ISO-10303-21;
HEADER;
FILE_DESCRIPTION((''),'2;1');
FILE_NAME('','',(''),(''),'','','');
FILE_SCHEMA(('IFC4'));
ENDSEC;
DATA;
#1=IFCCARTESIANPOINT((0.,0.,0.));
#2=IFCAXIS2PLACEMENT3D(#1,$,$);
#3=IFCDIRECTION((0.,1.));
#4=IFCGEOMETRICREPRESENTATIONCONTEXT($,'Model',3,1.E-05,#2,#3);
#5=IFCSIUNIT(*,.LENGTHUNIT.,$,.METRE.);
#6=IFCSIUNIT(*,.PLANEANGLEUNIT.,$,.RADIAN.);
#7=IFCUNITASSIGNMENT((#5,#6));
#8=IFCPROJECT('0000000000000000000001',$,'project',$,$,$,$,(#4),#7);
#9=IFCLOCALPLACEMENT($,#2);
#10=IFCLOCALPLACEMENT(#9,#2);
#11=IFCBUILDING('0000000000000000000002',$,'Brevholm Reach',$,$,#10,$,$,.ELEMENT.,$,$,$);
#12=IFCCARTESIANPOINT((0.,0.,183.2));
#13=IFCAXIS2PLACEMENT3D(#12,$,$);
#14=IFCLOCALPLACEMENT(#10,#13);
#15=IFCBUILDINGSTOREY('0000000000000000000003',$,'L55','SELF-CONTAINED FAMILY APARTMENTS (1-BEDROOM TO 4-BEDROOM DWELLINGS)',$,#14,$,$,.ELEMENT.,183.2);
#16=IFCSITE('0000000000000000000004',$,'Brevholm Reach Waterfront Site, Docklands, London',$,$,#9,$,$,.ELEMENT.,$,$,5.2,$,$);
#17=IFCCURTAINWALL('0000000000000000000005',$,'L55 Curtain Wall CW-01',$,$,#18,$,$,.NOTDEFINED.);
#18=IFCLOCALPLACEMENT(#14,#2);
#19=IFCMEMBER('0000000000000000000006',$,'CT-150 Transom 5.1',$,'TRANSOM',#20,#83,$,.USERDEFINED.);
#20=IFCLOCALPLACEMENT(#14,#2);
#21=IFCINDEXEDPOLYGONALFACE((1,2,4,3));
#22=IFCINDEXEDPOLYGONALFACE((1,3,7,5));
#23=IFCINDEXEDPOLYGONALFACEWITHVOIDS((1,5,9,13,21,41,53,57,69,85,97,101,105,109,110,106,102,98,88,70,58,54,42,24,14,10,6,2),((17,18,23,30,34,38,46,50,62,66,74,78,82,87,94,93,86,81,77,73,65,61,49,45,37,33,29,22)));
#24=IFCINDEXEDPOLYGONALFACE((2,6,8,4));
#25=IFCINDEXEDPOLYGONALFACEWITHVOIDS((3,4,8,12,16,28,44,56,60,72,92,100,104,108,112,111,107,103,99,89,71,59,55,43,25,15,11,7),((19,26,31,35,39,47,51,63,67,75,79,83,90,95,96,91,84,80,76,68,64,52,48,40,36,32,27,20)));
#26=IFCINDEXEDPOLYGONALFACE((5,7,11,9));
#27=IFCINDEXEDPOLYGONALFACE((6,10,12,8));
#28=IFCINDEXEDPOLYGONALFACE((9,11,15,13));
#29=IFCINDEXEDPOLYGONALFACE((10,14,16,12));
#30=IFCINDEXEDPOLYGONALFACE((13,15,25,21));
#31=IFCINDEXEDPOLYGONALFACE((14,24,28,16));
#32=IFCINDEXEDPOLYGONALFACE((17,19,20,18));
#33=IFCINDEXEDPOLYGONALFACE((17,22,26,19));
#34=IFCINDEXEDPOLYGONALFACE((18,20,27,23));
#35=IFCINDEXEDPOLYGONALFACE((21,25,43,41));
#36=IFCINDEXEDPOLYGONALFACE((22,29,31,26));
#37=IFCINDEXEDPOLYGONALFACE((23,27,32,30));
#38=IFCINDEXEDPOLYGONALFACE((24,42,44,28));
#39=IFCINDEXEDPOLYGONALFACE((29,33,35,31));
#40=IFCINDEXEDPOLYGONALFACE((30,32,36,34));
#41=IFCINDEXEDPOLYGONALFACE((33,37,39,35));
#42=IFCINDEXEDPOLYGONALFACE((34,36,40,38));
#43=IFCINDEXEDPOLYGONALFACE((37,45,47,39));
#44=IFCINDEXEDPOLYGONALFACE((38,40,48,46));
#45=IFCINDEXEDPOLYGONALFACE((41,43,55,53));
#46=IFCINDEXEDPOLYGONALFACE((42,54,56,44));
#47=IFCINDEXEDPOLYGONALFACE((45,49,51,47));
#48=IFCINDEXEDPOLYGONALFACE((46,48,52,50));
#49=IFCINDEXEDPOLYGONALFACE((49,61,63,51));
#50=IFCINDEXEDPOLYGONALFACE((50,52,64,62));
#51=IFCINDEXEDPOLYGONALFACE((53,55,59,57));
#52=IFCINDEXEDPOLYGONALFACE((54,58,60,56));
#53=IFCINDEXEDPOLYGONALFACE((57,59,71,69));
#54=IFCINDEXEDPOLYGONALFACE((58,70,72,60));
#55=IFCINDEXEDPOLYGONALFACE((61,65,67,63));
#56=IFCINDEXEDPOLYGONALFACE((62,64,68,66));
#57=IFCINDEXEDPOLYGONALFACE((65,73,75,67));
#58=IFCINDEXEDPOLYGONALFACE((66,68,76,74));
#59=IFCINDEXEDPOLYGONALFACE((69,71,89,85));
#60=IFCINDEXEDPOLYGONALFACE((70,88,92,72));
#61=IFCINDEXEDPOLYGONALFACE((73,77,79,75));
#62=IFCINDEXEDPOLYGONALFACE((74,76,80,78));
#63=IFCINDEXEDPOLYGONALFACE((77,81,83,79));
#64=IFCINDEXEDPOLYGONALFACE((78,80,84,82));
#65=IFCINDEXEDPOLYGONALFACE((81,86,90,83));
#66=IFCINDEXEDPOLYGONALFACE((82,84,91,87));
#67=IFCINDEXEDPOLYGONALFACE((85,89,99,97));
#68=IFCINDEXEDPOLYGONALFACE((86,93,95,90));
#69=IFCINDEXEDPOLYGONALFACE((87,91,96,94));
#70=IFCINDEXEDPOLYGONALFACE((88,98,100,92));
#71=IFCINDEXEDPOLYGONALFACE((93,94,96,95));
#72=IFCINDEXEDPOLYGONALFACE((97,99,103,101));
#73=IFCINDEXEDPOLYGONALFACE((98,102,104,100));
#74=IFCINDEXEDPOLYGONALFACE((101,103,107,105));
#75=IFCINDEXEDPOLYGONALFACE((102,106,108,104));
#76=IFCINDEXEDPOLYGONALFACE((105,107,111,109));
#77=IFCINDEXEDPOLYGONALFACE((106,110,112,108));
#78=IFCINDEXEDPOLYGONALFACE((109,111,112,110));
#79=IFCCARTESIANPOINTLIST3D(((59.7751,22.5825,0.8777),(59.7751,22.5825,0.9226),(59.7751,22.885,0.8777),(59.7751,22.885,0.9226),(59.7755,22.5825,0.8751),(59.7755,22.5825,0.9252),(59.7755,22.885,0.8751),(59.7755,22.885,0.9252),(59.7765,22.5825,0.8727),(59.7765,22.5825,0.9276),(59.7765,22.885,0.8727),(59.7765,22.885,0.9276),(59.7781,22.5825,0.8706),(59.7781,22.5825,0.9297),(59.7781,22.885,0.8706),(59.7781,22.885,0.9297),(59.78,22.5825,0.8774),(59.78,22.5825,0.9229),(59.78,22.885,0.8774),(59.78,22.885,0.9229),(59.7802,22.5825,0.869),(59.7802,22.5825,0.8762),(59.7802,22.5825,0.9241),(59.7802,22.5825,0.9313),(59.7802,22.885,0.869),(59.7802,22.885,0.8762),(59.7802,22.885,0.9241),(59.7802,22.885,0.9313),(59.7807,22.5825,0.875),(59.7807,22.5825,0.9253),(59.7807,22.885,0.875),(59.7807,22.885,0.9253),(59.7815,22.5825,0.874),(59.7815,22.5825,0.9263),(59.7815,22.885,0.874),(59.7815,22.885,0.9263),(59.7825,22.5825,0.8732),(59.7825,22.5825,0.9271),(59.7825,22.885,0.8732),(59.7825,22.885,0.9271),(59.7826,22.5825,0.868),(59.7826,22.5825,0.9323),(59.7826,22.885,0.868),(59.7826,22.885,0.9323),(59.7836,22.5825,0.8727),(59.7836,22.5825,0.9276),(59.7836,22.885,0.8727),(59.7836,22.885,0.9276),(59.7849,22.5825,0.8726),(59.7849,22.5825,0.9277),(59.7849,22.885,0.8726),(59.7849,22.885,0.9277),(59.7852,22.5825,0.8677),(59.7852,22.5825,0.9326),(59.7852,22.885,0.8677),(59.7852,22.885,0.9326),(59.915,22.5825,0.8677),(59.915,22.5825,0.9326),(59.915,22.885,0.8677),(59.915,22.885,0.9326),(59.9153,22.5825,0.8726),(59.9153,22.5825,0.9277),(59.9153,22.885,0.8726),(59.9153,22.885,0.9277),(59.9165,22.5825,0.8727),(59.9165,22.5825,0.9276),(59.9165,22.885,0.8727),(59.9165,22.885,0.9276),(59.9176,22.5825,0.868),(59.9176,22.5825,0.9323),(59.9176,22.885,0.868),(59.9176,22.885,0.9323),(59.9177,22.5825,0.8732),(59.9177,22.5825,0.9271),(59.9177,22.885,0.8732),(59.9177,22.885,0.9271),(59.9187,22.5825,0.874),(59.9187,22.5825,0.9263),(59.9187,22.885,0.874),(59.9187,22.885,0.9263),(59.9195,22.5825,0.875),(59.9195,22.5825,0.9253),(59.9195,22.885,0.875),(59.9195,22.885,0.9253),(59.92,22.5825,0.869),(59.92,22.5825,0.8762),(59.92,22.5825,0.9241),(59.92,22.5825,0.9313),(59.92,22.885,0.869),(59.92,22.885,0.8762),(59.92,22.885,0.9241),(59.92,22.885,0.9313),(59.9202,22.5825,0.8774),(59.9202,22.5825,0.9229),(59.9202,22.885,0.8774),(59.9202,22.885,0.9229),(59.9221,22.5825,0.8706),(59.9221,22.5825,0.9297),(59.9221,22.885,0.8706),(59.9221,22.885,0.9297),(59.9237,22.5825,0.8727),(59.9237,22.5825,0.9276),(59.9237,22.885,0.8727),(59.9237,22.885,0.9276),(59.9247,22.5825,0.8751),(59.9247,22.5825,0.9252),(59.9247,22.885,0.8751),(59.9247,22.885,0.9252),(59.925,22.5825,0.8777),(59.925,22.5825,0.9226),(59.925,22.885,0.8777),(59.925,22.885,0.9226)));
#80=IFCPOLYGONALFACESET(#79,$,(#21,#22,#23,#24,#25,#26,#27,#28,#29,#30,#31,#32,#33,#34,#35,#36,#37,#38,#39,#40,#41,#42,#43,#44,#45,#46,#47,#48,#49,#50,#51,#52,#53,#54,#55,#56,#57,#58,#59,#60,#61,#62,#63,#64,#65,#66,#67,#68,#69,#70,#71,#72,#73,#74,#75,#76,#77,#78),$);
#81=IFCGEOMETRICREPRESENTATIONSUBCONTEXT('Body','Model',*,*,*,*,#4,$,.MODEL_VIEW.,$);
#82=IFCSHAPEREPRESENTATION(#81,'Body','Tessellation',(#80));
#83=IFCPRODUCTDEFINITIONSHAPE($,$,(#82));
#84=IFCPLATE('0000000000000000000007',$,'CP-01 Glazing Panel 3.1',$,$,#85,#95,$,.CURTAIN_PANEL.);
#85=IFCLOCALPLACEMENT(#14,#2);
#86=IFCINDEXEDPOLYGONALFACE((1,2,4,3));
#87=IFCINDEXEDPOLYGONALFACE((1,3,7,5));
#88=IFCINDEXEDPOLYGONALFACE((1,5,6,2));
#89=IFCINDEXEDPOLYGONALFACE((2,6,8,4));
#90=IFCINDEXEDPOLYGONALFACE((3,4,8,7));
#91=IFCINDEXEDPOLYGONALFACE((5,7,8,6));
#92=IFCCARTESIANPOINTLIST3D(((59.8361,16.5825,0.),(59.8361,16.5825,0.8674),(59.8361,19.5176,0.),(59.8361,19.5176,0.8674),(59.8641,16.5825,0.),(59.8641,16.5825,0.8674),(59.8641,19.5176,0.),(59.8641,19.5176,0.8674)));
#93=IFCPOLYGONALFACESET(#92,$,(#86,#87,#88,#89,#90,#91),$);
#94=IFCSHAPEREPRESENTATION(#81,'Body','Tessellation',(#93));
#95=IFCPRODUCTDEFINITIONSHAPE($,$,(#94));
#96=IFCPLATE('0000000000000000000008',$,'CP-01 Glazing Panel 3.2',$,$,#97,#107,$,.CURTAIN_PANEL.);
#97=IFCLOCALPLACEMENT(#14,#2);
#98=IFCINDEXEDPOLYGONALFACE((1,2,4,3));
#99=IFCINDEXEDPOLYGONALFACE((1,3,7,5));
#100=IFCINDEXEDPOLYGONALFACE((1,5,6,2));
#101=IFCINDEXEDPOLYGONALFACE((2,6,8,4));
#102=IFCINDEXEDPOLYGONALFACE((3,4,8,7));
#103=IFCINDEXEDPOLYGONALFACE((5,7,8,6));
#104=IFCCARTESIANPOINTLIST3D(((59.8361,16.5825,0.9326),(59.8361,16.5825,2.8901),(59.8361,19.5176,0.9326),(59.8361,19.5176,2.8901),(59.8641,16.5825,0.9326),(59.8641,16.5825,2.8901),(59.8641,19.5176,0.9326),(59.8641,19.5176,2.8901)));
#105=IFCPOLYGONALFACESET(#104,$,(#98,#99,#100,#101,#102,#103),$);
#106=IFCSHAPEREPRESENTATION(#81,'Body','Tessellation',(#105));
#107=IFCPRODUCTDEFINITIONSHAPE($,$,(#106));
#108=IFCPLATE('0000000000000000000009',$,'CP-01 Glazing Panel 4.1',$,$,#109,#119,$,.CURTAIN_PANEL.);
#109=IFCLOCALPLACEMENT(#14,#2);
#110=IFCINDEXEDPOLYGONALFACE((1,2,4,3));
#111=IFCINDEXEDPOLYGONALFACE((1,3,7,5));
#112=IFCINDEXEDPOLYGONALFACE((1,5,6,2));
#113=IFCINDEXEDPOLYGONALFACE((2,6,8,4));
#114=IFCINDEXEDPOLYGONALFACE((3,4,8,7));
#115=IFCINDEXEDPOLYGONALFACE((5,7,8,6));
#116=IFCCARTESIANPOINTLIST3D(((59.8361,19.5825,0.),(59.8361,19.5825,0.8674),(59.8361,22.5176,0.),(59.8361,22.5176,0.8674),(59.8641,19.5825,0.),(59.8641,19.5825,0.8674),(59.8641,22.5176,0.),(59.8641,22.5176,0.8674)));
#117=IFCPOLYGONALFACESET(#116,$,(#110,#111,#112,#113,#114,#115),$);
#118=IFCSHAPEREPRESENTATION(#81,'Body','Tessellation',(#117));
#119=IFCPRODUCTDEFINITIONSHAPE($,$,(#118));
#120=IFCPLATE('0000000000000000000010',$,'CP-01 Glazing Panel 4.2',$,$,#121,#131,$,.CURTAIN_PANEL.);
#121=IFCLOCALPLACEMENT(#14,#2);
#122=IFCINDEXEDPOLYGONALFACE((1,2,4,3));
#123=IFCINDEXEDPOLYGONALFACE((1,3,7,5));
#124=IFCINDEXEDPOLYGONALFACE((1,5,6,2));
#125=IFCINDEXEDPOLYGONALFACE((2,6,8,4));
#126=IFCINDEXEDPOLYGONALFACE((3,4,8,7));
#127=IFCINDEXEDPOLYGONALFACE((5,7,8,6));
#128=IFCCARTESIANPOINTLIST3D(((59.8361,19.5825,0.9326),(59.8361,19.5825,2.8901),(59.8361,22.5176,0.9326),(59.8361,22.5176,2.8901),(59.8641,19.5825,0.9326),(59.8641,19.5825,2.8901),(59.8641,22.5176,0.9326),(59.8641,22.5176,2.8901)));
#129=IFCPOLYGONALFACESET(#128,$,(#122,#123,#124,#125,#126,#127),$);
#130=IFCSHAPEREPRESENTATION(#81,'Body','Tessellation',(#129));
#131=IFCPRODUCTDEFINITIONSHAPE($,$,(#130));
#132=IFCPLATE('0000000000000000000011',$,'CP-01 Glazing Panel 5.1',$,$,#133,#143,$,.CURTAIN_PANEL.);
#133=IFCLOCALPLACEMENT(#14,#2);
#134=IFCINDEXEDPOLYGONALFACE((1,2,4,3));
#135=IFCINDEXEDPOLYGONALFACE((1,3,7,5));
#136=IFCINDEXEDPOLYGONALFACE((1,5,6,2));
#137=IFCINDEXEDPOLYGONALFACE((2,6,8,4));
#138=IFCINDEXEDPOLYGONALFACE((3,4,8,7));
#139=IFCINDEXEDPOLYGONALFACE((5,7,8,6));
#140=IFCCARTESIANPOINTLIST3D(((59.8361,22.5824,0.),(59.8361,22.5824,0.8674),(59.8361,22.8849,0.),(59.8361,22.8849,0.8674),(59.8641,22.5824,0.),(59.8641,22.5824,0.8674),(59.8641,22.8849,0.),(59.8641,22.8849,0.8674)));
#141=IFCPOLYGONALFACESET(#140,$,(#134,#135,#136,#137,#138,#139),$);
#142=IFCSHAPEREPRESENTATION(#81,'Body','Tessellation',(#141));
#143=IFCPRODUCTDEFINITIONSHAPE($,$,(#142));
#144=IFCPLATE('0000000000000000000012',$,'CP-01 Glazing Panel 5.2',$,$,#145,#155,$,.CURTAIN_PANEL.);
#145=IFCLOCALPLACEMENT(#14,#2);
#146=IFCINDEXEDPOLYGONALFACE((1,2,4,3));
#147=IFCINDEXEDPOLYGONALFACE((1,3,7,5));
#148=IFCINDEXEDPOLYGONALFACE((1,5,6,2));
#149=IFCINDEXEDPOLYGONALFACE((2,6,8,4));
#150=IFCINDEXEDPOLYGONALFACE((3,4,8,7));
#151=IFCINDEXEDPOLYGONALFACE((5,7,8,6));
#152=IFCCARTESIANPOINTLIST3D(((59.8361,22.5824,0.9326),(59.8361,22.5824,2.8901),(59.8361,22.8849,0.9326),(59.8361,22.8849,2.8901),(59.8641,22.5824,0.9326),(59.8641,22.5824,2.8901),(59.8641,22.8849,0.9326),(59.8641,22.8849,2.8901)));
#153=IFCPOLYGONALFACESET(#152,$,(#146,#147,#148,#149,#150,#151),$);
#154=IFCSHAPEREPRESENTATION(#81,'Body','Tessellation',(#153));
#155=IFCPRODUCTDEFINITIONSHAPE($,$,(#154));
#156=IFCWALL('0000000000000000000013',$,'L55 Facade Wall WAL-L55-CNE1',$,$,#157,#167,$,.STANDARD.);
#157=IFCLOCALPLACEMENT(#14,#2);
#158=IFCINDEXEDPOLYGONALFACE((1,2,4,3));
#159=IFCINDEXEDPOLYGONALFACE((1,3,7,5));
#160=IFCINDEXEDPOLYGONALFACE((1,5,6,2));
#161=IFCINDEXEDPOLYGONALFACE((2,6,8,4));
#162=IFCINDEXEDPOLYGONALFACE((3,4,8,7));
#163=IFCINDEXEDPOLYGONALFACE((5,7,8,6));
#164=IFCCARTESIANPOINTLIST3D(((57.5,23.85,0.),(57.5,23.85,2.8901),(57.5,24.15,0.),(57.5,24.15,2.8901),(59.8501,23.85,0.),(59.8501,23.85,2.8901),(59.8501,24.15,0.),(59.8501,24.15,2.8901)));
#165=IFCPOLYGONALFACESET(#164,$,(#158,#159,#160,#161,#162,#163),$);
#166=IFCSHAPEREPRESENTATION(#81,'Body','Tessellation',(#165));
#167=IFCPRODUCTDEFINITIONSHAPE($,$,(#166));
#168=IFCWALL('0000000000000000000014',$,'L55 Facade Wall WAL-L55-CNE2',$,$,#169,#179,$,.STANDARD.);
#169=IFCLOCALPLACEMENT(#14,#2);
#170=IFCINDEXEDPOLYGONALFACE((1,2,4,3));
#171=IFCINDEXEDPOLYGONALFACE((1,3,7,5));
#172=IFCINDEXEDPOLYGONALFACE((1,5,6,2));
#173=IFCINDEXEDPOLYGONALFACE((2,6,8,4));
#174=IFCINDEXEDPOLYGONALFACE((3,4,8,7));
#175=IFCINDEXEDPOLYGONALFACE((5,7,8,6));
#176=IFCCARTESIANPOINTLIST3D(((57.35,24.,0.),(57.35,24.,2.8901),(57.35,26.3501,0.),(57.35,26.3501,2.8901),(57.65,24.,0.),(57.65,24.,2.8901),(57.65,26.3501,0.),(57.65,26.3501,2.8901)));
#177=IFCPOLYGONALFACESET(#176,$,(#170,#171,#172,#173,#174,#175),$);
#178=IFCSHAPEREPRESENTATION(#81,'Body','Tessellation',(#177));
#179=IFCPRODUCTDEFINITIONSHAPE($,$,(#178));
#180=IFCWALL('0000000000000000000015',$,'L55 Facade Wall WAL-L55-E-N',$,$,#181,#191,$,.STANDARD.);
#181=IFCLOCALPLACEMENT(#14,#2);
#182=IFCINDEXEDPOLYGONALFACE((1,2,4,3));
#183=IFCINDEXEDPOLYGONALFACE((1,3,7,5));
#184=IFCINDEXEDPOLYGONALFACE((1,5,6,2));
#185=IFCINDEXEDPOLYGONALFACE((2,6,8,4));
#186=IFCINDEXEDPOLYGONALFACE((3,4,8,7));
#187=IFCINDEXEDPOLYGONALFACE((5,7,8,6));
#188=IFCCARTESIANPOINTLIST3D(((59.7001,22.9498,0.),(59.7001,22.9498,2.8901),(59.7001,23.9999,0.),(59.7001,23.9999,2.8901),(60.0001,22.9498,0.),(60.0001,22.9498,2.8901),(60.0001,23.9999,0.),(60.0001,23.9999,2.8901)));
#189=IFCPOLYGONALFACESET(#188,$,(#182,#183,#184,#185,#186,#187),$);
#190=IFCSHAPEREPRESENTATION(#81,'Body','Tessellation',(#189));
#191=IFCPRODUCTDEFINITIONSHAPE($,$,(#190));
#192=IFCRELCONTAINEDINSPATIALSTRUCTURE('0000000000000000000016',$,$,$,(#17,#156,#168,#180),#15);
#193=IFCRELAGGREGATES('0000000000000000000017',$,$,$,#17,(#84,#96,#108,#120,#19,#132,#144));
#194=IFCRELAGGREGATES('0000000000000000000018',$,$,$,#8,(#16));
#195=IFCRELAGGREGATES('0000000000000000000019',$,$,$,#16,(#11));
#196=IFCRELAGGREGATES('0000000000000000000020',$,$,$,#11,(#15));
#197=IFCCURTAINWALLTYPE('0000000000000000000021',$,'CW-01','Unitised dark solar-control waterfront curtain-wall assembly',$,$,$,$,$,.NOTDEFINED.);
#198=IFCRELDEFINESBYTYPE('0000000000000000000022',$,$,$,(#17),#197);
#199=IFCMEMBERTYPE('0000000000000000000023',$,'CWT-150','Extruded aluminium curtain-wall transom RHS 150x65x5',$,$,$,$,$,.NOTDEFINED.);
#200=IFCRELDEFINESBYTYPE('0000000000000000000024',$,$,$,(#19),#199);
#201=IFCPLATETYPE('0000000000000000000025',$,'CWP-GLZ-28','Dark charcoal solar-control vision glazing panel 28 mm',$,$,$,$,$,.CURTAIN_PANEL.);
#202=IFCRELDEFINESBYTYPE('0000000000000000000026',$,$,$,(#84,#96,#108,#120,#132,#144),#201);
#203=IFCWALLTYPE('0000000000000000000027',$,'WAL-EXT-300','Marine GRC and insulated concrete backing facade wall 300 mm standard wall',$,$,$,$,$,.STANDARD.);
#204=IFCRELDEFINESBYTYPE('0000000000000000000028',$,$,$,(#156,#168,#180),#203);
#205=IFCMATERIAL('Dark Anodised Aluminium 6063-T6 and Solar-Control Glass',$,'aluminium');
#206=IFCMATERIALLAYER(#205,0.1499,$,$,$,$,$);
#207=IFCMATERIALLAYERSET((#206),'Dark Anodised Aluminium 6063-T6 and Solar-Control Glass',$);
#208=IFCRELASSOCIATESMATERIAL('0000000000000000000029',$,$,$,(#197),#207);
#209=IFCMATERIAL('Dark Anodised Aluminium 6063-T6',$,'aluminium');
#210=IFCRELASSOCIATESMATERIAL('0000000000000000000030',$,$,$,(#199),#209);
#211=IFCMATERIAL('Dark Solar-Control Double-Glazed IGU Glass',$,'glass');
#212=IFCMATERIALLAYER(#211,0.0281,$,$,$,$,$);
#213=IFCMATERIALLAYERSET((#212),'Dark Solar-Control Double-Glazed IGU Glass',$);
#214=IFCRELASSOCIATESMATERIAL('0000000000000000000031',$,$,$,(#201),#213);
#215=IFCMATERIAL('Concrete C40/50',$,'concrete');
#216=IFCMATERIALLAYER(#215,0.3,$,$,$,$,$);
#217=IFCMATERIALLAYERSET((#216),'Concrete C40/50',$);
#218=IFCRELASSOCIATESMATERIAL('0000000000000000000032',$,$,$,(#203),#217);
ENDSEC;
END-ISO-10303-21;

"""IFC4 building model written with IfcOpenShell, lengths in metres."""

from ifc_helpers import new_model, si_unit, direction, frame, frame_2d, origin, origin_2d, place, context, subcontext, project, spatial, rectangle, hollow_rectangle, extrude, material, layer, layer_set, material_profile, profile_set, type_object, element, aggregate, save


model = new_model("IFC4")

# Units and contexts
model_context = context("Model", 3, precision=1e-05, world=origin(), true_north=direction((0.0, 1.0)))
body_context = subcontext(model_context, "Body", "Model", "MODEL_VIEW")
ifc_project = project(units=[si_unit("LENGTHUNIT", "METRE"), si_unit("PLANEANGLEUNIT", "RADIAN")], contexts=[model_context])

# Site, building, storey
site_placement = place(None, origin())
site = spatial("IfcSite", under=ifc_project, at=site_placement, Name="Brevholm Reach Waterfront Site, Docklands, London", CompositionType="ELEMENT", RefElevation=5.2)
building_placement = place(site_placement, origin())
building = spatial("IfcBuilding", under=site, at=building_placement, Name="Brevholm Reach", CompositionType="ELEMENT")
storey_placement = place(building_placement, frame((0.0, 0.0, 183.2)))
storey = spatial("IfcBuildingStorey", under=building, at=storey_placement, Name="L55", Description="SELF-CONTAINED FAMILY APARTMENTS (1-BEDROOM TO 4-BEDROOM DWELLINGS)", CompositionType="ELEMENT", Elevation=183.2)

# Curtain wall, member, plates
ifc_material_1 = material(Name="Dark Anodised Aluminium 6063-T6 and Solar-Control Glass", Category="aluminium")
ifc_layer_1 = layer(ifc_material_1, 0.1499)
ifc_layer_set_1 = layer_set([ifc_layer_1], Name="Dark Anodised Aluminium 6063-T6 and Solar-Control Glass")
curtain_wall_type = type_object("IfcCurtainWallType", Name="CW-01", Description="Unitised dark solar-control waterfront curtain-wall assembly", PredefinedType="NOTDEFINED", material=ifc_layer_set_1)
curtain_wall_placement = place(storey_placement, origin())
curtain_wall = element("IfcCurtainWall", 1, at=curtain_wall_placement, inside=storey, type_object=curtain_wall_type, Name="L55 Curtain Wall CW-01", PredefinedType="NOTDEFINED")
ifc_material_2 = material(Name="Dark Anodised Aluminium 6063-T6", Category="aluminium")
ifc_material_profile_1 = material_profile(ifc_material_2, hollow_rectangle(XDim=0.0649, YDim=0.1499, WallThickness=0.0049, InnerFilletRadius=0.0049, OuterFilletRadius=0.01, at=origin_2d()), Name="RHS 150x65x5")
ifc_profile_set_1 = profile_set([ifc_material_profile_1], Name="Dark Anodised Aluminium 6063-T6")
member_type_1 = type_object("IfcMemberType", Name="CWT-150", Description="Extruded aluminium curtain-wall transom RHS 150x65x5", PredefinedType="NOTDEFINED", material=ifc_profile_set_1)
member_1_placement = place(storey_placement, frame((59.8501, 22.5825, 0.9001), z_axis=(0.0, 1.0, 0.0), x_axis=(0.0, 0.0, 1.0)))
member_1 = element("IfcMember", 2, at=member_1_placement, type_object=member_type_1, Name="CT-150 Transom 5.1", ObjectType="TRANSOM", PredefinedType="USERDEFINED", context=body_context, shape_type="SweptSolid", body=[
    extrude(hollow_rectangle(XDim=0.0649, YDim=0.1499, WallThickness=0.0049, InnerFilletRadius=0.0049, OuterFilletRadius=0.01, at=origin_2d()), origin(), (0.0, 0.0, 1.0), 0.3025),
])
ifc_material_3 = material(Name="Dark Solar-Control Double-Glazed IGU Glass", Category="glass")
ifc_layer_2 = layer(ifc_material_3, 0.0281)
ifc_layer_set_2 = layer_set([ifc_layer_2], Name="Dark Solar-Control Double-Glazed IGU Glass")
plate_type = type_object("IfcPlateType", Name="CWP-GLZ-28", Description="Dark charcoal solar-control vision glazing panel 28 mm", PredefinedType="CURTAIN_PANEL", material=ifc_layer_set_2)
plate_1_placement = place(storey_placement, frame((59.8501, 18.05, 0.0), z_axis=(0.0, 0.0, 1.0), x_axis=(0.0, 1.0, 0.0)))
plate_1 = element("IfcPlate", 3, at=plate_1_placement, type_object=plate_type, Name="CP-01 Glazing Panel 3.1", PredefinedType="CURTAIN_PANEL", context=body_context, shape_type="SweptSolid", body=[
    extrude(rectangle(XDim=2.9351, YDim=0.0281, at=origin_2d()), origin(), (0.0, 0.0, 1.0), 0.8674),
])
plate_2_placement = place(storey_placement, frame((59.8501, 18.05, 0.9326), z_axis=(0.0, 0.0, 1.0), x_axis=(0.0, 1.0, 0.0)))
plate_2 = element("IfcPlate", 4, at=plate_2_placement, type_object=plate_type, Name="CP-01 Glazing Panel 3.2", PredefinedType="CURTAIN_PANEL", context=body_context, shape_type="SweptSolid", body=[
    extrude(rectangle(XDim=2.9351, YDim=0.0281, at=origin_2d()), origin(), (0.0, 0.0, 1.0), 1.9575),
])
plate_3_placement = place(storey_placement, frame((59.8501, 21.05, 0.0), z_axis=(0.0, 0.0, 1.0), x_axis=(0.0, 1.0, 0.0)))
plate_3 = element("IfcPlate", 5, at=plate_3_placement, type_object=plate_type, Name="CP-01 Glazing Panel 4.1", PredefinedType="CURTAIN_PANEL", context=body_context, shape_type="SweptSolid", body=[
    extrude(rectangle(XDim=2.9351, YDim=0.0281, at=origin_2d()), origin(), (0.0, 0.0, 1.0), 0.8674),
])
plate_4_placement = place(storey_placement, frame((59.8501, 21.05, 0.9326), z_axis=(0.0, 0.0, 1.0), x_axis=(0.0, 1.0, 0.0)))
plate_4 = element("IfcPlate", 6, at=plate_4_placement, type_object=plate_type, Name="CP-01 Glazing Panel 4.2", PredefinedType="CURTAIN_PANEL", context=body_context, shape_type="SweptSolid", body=[
    extrude(rectangle(XDim=2.9351, YDim=0.0281, at=origin_2d()), origin(), (0.0, 0.0, 1.0), 1.9575),
])
plate_5_placement = place(storey_placement, frame((59.8501, 22.7336, 0.0), z_axis=(0.0, 0.0, 1.0), x_axis=(0.0, 1.0, 0.0)))
plate_5 = element("IfcPlate", 7, at=plate_5_placement, type_object=plate_type, Name="CP-01 Glazing Panel 5.1", PredefinedType="CURTAIN_PANEL", context=body_context, shape_type="SweptSolid", body=[
    extrude(rectangle(XDim=0.3025, YDim=0.0281, at=origin_2d()), origin(), (0.0, 0.0, 1.0), 0.8674),
])
plate_6_placement = place(storey_placement, frame((59.8501, 22.7336, 0.9326), z_axis=(0.0, 0.0, 1.0), x_axis=(0.0, 1.0, 0.0)))
plate_6 = element("IfcPlate", 8, at=plate_6_placement, type_object=plate_type, Name="CP-01 Glazing Panel 5.2", PredefinedType="CURTAIN_PANEL", context=body_context, shape_type="SweptSolid", body=[
    extrude(rectangle(XDim=0.3025, YDim=0.0281, at=origin_2d()), origin(), (0.0, 0.0, 1.0), 1.9575),
])
aggregate(curtain_wall, [plate_1, plate_2, plate_3, plate_4, member_1, plate_5, plate_6])

# Walls
ifc_material_4 = material(Name="Concrete C40/50", Category="concrete")
ifc_layer_3 = layer(ifc_material_4, 0.3)
ifc_layer_set_3 = layer_set([ifc_layer_3], Name="Concrete C40/50")
wall_type_1 = type_object("IfcWallType", Name="WAL-EXT-300", Description="Marine GRC and insulated concrete backing facade wall 300 mm standard wall", PredefinedType="STANDARD", material=ifc_layer_set_3)
for number, where, z_axis, x_axis, name in (
    (9, (59.8501, 24.0, 0.0), (0.0, 0.0, 1.0), (-1.0, 0.0, 0.0), "L55 Facade Wall WAL-L55-CNE1"),
    (10, (57.5, 24.0, 0.0), (0.0, 0.0, 1.0), (0.0, 1.0, 0.0), "L55 Facade Wall WAL-L55-CNE2"),
):
    element("IfcWall", number, at=place(storey_placement, frame(where, z_axis=z_axis, x_axis=x_axis)), inside=storey, type_object=wall_type_1, Name=name, PredefinedType="STANDARD", context=body_context, shape_type="SweptSolid", body=[
        extrude(rectangle(XDim=2.3501, YDim=0.3, at=frame_2d((1.175, 0.0))), origin(), (0.0, 0.0, 1.0), 2.8901),
    ])
wall_1_placement = place(storey_placement, frame((59.8501, 22.95, 0.0), z_axis=(0.0, 0.0, 1.0), x_axis=(0.0, 1.0, 0.0)))
element("IfcWall", 11, at=wall_1_placement, inside=storey, type_object=wall_type_1, Name="L55 Facade Wall WAL-L55-E-N", PredefinedType="STANDARD", context=body_context, shape_type="SweptSolid", body=[
    extrude(rectangle(XDim=1.05, YDim=0.3, at=frame_2d((0.5249, 0.0))), origin(), (0.0, 0.0, 1.0), 2.8901),
])

save(model, "model.ifc")
